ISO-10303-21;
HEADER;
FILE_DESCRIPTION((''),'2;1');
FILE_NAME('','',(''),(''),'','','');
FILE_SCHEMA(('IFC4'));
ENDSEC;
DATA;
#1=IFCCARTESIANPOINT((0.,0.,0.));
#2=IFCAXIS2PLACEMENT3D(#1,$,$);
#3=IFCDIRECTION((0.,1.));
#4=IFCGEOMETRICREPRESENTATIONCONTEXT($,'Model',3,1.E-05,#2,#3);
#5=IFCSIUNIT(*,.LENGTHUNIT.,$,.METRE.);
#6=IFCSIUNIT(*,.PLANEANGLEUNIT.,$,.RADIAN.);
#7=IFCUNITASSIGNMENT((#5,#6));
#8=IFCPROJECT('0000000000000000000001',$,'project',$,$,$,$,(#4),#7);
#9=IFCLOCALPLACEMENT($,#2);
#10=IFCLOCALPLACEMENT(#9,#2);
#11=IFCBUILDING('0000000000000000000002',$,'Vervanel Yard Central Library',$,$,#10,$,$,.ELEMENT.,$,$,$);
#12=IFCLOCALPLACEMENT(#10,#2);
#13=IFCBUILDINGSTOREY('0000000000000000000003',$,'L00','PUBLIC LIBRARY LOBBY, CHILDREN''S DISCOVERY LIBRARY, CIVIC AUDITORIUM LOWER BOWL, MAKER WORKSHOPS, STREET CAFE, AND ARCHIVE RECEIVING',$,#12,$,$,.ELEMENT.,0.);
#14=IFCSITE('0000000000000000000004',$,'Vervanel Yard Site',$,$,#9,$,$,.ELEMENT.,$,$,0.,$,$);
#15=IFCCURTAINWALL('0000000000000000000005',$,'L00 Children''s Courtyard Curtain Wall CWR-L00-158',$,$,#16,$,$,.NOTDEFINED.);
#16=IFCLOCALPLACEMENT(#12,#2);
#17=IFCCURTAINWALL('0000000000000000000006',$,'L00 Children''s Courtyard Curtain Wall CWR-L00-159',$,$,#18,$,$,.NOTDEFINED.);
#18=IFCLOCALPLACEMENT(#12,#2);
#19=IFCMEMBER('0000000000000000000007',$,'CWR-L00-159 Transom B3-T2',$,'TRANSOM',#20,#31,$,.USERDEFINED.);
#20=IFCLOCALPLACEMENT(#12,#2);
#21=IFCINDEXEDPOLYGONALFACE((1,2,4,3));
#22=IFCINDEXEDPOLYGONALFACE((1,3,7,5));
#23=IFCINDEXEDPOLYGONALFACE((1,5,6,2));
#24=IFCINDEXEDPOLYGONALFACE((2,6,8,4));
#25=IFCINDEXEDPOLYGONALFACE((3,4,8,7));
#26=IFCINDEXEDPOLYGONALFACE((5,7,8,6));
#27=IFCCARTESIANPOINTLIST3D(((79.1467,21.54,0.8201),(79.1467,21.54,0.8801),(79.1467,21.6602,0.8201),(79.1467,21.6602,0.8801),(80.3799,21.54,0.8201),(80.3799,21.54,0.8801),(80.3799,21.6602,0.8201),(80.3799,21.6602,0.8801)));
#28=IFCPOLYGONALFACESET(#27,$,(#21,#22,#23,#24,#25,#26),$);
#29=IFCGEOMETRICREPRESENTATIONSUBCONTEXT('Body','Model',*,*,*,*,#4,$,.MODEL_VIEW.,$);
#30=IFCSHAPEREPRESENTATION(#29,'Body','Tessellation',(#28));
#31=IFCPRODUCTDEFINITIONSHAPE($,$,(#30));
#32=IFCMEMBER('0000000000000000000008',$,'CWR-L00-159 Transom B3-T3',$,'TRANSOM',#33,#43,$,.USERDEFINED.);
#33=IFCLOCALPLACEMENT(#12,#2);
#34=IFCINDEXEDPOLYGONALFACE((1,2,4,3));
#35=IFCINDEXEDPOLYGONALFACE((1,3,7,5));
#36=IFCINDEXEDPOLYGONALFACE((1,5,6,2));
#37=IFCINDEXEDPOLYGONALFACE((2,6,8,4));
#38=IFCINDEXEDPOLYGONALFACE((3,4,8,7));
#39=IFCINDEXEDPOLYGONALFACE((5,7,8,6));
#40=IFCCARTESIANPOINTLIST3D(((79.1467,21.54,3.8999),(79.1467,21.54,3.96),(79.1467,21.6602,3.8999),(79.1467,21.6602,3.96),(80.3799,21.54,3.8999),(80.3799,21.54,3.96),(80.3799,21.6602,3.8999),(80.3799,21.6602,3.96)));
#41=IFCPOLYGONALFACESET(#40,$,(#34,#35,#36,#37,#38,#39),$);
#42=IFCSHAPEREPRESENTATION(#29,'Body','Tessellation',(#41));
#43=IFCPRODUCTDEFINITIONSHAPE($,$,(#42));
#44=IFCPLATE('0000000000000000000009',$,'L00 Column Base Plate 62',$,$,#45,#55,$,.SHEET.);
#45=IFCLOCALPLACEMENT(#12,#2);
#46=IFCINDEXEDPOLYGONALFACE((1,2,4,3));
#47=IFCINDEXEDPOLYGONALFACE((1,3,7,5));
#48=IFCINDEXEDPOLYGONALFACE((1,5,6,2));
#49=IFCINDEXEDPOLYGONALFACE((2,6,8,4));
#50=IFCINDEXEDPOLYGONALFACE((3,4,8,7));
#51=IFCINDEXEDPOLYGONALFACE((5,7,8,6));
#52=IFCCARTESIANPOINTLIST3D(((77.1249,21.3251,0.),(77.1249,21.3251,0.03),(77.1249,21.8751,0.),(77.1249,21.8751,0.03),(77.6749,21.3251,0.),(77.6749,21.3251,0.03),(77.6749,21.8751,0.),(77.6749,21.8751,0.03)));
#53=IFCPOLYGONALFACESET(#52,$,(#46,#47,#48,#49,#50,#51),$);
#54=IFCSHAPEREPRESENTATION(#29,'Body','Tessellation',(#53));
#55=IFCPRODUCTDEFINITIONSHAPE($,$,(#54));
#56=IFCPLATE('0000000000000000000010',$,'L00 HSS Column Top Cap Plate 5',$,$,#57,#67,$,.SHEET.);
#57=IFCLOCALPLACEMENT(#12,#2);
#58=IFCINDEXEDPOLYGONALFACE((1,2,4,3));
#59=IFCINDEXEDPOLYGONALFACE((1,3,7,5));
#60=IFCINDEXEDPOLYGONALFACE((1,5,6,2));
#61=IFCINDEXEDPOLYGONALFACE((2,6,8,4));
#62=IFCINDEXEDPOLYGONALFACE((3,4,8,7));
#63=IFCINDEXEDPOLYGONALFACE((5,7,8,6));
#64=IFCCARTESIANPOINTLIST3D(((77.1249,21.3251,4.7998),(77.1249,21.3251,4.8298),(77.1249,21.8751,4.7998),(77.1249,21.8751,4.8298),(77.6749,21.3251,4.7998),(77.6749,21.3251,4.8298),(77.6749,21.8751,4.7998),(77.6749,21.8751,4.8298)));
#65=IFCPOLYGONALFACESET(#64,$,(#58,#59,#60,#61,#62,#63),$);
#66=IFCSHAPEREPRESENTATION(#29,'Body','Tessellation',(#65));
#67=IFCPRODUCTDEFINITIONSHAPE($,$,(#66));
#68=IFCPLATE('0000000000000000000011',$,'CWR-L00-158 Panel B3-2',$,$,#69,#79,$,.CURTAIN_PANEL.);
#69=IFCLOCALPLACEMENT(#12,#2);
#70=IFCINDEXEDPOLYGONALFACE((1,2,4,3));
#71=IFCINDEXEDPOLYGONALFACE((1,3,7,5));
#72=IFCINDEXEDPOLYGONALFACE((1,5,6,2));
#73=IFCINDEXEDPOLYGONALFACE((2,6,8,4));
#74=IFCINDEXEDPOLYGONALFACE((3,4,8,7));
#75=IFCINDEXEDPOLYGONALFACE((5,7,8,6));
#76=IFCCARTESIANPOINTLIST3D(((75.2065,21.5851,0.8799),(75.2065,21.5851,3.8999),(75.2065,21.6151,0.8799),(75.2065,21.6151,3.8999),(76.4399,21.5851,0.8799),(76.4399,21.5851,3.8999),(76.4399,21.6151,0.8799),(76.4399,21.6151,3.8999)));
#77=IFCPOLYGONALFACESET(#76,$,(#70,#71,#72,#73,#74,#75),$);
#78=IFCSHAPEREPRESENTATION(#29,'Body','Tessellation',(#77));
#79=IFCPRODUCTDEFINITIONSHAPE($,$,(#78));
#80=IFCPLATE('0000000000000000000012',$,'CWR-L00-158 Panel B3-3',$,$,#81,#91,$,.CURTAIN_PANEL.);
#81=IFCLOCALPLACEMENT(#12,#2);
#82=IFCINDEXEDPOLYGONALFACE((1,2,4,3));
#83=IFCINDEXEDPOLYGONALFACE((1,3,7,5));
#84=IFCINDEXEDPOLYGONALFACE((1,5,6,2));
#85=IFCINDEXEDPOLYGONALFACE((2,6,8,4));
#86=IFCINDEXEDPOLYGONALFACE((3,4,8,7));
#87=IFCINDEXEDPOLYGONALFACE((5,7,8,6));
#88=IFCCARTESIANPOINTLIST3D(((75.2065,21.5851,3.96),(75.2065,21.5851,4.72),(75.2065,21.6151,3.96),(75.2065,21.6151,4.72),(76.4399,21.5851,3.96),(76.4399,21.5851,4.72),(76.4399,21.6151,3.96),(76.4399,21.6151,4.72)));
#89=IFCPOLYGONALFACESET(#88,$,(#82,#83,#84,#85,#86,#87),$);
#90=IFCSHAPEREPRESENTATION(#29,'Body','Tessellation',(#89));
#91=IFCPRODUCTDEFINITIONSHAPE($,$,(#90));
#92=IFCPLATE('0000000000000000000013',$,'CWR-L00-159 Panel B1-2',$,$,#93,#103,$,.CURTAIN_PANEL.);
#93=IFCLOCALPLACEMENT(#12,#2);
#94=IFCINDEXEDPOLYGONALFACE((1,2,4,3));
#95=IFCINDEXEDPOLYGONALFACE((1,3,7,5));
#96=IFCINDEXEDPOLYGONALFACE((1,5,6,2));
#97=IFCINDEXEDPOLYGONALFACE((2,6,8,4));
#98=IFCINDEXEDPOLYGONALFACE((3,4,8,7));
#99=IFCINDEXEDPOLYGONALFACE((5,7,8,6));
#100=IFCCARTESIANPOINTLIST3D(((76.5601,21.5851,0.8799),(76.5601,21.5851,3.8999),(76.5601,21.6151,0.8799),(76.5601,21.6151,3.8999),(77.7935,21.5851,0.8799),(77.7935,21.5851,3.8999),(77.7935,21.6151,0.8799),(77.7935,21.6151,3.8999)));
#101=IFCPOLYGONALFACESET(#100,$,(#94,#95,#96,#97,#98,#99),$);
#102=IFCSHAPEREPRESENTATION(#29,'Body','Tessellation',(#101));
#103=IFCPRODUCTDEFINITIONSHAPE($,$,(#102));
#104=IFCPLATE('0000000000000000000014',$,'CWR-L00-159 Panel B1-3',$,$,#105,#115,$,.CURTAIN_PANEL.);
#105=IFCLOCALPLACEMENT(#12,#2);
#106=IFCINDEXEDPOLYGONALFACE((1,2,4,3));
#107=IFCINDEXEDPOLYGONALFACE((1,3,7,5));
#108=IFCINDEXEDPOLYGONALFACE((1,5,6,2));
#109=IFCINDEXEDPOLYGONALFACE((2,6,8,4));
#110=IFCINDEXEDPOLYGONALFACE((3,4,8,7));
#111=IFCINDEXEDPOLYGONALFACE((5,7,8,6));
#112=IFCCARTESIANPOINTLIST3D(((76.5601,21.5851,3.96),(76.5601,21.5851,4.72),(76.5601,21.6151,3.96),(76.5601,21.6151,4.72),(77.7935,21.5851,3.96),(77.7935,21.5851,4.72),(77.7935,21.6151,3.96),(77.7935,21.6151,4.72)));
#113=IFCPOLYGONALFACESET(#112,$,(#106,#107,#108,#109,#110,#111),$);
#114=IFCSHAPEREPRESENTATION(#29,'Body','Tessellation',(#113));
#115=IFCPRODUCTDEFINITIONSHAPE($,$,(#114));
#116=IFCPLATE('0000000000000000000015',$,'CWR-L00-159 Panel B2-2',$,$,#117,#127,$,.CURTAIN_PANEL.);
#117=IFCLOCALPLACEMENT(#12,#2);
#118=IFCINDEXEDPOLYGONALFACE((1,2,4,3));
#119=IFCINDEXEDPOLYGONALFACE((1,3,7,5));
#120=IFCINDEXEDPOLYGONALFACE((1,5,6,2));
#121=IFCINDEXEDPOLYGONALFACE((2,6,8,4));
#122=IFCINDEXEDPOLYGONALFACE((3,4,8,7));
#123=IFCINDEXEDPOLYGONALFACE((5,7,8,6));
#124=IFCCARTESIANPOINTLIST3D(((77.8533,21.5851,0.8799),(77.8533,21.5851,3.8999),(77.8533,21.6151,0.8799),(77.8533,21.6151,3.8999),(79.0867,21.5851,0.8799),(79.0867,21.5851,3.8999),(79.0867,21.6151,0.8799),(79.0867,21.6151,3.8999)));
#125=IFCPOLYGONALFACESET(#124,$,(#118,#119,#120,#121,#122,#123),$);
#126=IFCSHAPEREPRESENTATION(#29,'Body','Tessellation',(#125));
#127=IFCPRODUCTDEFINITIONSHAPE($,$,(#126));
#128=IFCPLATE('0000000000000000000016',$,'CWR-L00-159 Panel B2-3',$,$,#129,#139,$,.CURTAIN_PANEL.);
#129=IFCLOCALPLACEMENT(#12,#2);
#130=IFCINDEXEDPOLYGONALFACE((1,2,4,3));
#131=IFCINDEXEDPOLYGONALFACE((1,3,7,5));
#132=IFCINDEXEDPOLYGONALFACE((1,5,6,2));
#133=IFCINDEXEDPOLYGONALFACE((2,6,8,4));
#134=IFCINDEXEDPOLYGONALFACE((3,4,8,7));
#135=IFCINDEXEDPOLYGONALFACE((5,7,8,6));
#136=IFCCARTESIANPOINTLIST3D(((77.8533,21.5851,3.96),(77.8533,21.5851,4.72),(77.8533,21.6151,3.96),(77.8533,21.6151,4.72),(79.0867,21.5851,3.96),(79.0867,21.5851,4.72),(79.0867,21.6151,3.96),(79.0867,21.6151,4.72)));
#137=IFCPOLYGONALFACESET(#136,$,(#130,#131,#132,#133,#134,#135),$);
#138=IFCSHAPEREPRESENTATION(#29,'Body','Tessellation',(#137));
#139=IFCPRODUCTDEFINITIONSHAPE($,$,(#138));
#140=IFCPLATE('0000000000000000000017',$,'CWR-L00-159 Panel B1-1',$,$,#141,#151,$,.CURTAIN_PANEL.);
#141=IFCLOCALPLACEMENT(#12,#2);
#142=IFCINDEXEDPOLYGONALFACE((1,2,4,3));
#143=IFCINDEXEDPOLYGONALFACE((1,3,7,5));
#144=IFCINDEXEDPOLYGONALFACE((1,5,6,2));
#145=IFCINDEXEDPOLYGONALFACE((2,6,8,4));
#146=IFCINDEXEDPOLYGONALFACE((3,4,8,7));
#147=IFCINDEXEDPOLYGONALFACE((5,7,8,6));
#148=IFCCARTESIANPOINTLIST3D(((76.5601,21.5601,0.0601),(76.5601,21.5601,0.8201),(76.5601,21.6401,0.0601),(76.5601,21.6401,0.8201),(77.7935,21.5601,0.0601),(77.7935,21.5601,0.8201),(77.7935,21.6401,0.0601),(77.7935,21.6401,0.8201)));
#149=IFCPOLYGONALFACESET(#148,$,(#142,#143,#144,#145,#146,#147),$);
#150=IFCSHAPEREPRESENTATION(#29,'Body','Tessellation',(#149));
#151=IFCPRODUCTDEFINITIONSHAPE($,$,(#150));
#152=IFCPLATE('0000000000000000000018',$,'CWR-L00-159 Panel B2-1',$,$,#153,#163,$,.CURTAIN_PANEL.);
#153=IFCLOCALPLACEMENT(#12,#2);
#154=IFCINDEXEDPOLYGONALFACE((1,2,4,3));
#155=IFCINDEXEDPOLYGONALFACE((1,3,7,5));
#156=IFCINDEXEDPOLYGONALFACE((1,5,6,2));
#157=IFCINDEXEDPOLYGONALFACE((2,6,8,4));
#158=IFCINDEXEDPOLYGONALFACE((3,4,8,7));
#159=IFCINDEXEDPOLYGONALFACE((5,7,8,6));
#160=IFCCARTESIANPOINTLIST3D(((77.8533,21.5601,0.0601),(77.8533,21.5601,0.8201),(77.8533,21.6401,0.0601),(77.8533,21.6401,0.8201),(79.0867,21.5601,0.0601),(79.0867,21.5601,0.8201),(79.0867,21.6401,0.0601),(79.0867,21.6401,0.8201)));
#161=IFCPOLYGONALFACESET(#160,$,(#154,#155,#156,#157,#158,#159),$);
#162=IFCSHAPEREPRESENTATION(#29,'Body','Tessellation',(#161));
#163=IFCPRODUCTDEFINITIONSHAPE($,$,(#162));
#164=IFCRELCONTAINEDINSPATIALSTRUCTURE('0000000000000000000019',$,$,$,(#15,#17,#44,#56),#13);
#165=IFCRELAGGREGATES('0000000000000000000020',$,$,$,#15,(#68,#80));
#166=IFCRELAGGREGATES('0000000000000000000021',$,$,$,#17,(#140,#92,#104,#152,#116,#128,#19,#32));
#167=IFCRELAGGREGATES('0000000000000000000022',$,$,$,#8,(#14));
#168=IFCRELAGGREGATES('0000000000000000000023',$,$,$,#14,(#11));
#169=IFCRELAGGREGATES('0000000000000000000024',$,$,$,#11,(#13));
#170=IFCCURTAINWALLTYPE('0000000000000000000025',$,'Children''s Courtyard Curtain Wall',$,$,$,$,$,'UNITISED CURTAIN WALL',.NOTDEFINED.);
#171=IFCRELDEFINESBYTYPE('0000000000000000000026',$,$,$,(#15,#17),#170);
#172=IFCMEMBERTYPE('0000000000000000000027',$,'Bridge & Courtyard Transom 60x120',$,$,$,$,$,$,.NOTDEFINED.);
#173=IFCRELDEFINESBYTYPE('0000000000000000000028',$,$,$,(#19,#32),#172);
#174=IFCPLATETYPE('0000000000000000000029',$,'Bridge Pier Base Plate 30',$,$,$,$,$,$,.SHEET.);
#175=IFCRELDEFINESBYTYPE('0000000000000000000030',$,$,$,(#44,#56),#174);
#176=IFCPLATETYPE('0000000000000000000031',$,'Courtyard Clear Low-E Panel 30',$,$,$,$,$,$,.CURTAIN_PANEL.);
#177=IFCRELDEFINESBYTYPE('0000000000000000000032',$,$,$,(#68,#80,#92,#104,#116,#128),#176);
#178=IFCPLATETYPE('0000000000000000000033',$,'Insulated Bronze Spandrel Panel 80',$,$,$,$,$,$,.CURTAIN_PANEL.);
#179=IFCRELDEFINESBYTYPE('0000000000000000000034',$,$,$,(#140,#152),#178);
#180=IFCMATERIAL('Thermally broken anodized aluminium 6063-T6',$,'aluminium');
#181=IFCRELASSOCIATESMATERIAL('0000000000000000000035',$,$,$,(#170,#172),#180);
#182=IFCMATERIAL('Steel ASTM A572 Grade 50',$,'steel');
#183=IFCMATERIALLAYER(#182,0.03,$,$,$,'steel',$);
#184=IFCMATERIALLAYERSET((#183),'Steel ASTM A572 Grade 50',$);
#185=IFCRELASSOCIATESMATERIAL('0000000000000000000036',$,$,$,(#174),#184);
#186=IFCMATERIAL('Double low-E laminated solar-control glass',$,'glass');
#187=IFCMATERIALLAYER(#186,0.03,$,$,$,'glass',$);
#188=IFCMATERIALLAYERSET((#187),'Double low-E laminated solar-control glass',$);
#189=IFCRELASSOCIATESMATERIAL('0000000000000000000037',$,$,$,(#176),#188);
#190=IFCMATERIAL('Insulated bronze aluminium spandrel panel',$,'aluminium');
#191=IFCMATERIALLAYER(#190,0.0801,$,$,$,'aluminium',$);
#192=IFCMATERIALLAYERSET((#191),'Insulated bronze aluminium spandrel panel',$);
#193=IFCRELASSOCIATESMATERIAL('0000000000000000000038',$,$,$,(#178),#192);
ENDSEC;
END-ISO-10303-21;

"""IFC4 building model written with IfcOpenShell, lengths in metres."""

from ifc_helpers import new_model, si_unit, direction, frame, origin, origin_2d, place, context, subcontext, project, spatial, rectangle, extrude, material, layer, layer_set, material_profile, profile_set, type_object, element, aggregate, save


model = new_model("IFC4")

# Units and contexts
model_context = context("Model", 3, precision=1e-05, world=origin(), true_north=direction((0.0, 1.0)))
body_context = subcontext(model_context, "Body", "Model", "MODEL_VIEW")
ifc_project = project(units=[si_unit("LENGTHUNIT", "METRE"), si_unit("PLANEANGLEUNIT", "RADIAN")], contexts=[model_context])

# Site, building, storey
site_placement = place(None, origin())
site = spatial("IfcSite", under=ifc_project, at=site_placement, Name="Vervanel Yard Site", CompositionType="ELEMENT", RefElevation=0.0)
building_placement = place(site_placement, origin())
building = spatial("IfcBuilding", under=site, at=building_placement, Name="Vervanel Yard Central Library", CompositionType="ELEMENT")
storey_placement = place(building_placement, origin())
storey = spatial("IfcBuildingStorey", under=building, at=storey_placement, Name="L00", Description="PUBLIC LIBRARY LOBBY, CHILDREN'S DISCOVERY LIBRARY, CIVIC AUDITORIUM LOWER BOWL, MAKER WORKSHOPS, STREET CAFE, AND ARCHIVE RECEIVING", CompositionType="ELEMENT", Elevation=0.0)

# Curtain wall
ifc_material_1 = material(Name="Thermally broken anodized aluminium 6063-T6", Category="aluminium")
curtain_wall_type = type_object("IfcCurtainWallType", Name="Children's Courtyard Curtain Wall", ElementType="UNITISED CURTAIN WALL", PredefinedType="NOTDEFINED", material=ifc_material_1)
curtain_wall_1_placement = place(storey_placement, origin())
curtain_wall_1 = element("IfcCurtainWall", 1, at=curtain_wall_1_placement, inside=storey, type_object=curtain_wall_type, Name="L00 Children's Courtyard Curtain Wall CWR-L00-158", PredefinedType="NOTDEFINED")

# Curtain wall, members
curtain_wall_2_placement = place(storey_placement, origin())
curtain_wall_2 = element("IfcCurtainWall", 2, at=curtain_wall_2_placement, inside=storey, type_object=curtain_wall_type, Name="L00 Children's Courtyard Curtain Wall CWR-L00-159", PredefinedType="NOTDEFINED")
ifc_material_profile_1 = material_profile(ifc_material_1, rectangle(XDim=0.0601, YDim=0.1201, at=origin_2d()), Name="ALU 60x120", Category="aluminium")
ifc_profile_set_1 = profile_set([ifc_material_profile_1], Name="Thermally broken anodized aluminium 6063-T6")
member_type_1 = type_object("IfcMemberType", Name="Bridge & Courtyard Transom 60x120", PredefinedType="NOTDEFINED", material=ifc_profile_set_1)
member_1_placement = place(storey_placement, frame((79.1467, 21.6001, 0.8501), z_axis=(1.0, 0.0, 0.0), x_axis=(0.0, 0.0, 1.0)))
member_1 = element("IfcMember", 3, at=member_1_placement, type_object=member_type_1, Name="CWR-L00-159 Transom B3-T2", ObjectType="TRANSOM", PredefinedType="USERDEFINED", context=body_context, shape_type="SweptSolid", body=[
    extrude(rectangle(XDim=0.0601, YDim=0.1201, at=origin_2d()), origin(), (0.0, 0.0, 1.0), 1.2332),
])
member_2_placement = place(storey_placement, frame((79.1467, 21.6001, 3.9299), z_axis=(1.0, 0.0, 0.0), x_axis=(0.0, 0.0, 1.0)))
member_2 = element("IfcMember", 4, at=member_2_placement, type_object=member_type_1, Name="CWR-L00-159 Transom B3-T3", ObjectType="TRANSOM", PredefinedType="USERDEFINED", context=body_context, shape_type="SweptSolid", body=[
    extrude(rectangle(XDim=0.0601, YDim=0.1201, at=origin_2d()), origin(), (0.0, 0.0, 1.0), 1.2332),
])

# Plates
ifc_material_2 = material(Name="Steel ASTM A572 Grade 50", Category="steel")
ifc_layer_1 = layer(ifc_material_2, 0.03, Category="steel")
ifc_layer_set_1 = layer_set([ifc_layer_1], Name="Steel ASTM A572 Grade 50")
plate_type_1 = type_object("IfcPlateType", Name="Bridge Pier Base Plate 30", PredefinedType="SHEET", material=ifc_layer_set_1)
for number, where, z_axis, x_axis, name in (
    (5, (77.3999, 21.6001, 0.0), (0.0, 0.0, 1.0), (1.0, 0.0, 0.0), "L00 Column Base Plate 62"),
    (6, (77.3999, 21.6001, 4.7998), (0.0, 0.0, 1.0), (1.0, 0.0, 0.0), "L00 HSS Column Top Cap Plate 5"),
):
    element("IfcPlate", number, at=place(storey_placement, frame(where, z_axis=z_axis, x_axis=x_axis)), inside=storey, type_object=plate_type_1, Name=name, PredefinedType="SHEET", context=body_context, shape_type="SweptSolid", body=[
        extrude(rectangle(XDim=0.55, YDim=0.55, at=origin_2d()), origin(), (0.0, 0.0, 1.0), 0.03),
    ])

# Plates
ifc_material_3 = material(Name="Double low-E laminated solar-control glass", Category="glass")
ifc_layer_2 = layer(ifc_material_3, 0.03, Category="glass")
ifc_layer_set_2 = layer_set([ifc_layer_2], Name="Double low-E laminated solar-control glass")
plate_type_2 = type_object("IfcPlateType", Name="Courtyard Clear Low-E Panel 30", PredefinedType="CURTAIN_PANEL", material=ifc_layer_set_2)
plate_1_placement = place(storey_placement, frame((75.8232, 21.6001, 0.8799), z_axis=(0.0, 0.0, 1.0), x_axis=(1.0, 0.0, 0.0)))
plate_1 = element("IfcPlate", 7, at=plate_1_placement, type_object=plate_type_2, Name="CWR-L00-158 Panel B3-2", PredefinedType="CURTAIN_PANEL", context=body_context, shape_type="SweptSolid", body=[
    extrude(rectangle(XDim=1.2334, YDim=0.03, at=origin_2d()), origin(), (0.0, 0.0, 1.0), 3.02),
])
plate_2_placement = place(storey_placement, frame((75.8232, 21.6001, 3.96), z_axis=(0.0, 0.0, 1.0), x_axis=(1.0, 0.0, 0.0)))
plate_2 = element("IfcPlate", 8, at=plate_2_placement, type_object=plate_type_2, Name="CWR-L00-158 Panel B3-3", PredefinedType="CURTAIN_PANEL", context=body_context, shape_type="SweptSolid", body=[
    extrude(rectangle(XDim=1.2334, YDim=0.03, at=origin_2d()), origin(), (0.0, 0.0, 1.0), 0.76),
])
aggregate(curtain_wall_1, [plate_1, plate_2])
plate_3_placement = place(storey_placement, frame((77.1768, 21.6001, 0.8799), z_axis=(0.0, 0.0, 1.0), x_axis=(1.0, 0.0, 0.0)))
plate_3 = element("IfcPlate", 9, at=plate_3_placement, type_object=plate_type_2, Name="CWR-L00-159 Panel B1-2", PredefinedType="CURTAIN_PANEL", context=body_context, shape_type="SweptSolid", body=[
    extrude(rectangle(XDim=1.2334, YDim=0.03, at=origin_2d()), origin(), (0.0, 0.0, 1.0), 3.02),
])
plate_4_placement = place(storey_placement, frame((77.1768, 21.6001, 3.96), z_axis=(0.0, 0.0, 1.0), x_axis=(1.0, 0.0, 0.0)))
plate_4 = element("IfcPlate", 10, at=plate_4_placement, type_object=plate_type_2, Name="CWR-L00-159 Panel B1-3", PredefinedType="CURTAIN_PANEL", context=body_context, shape_type="SweptSolid", body=[
    extrude(rectangle(XDim=1.2334, YDim=0.03, at=origin_2d()), origin(), (0.0, 0.0, 1.0), 0.76),
])
plate_5_placement = place(storey_placement, frame((78.47, 21.6001, 0.8799), z_axis=(0.0, 0.0, 1.0), x_axis=(1.0, 0.0, 0.0)))
plate_5 = element("IfcPlate", 11, at=plate_5_placement, type_object=plate_type_2, Name="CWR-L00-159 Panel B2-2", PredefinedType="CURTAIN_PANEL", context=body_context, shape_type="SweptSolid", body=[
    extrude(rectangle(XDim=1.2334, YDim=0.03, at=origin_2d()), origin(), (0.0, 0.0, 1.0), 3.02),
])
plate_6_placement = place(storey_placement, frame((78.47, 21.6001, 3.96), z_axis=(0.0, 0.0, 1.0), x_axis=(1.0, 0.0, 0.0)))
plate_6 = element("IfcPlate", 12, at=plate_6_placement, type_object=plate_type_2, Name="CWR-L00-159 Panel B2-3", PredefinedType="CURTAIN_PANEL", context=body_context, shape_type="SweptSolid", body=[
    extrude(rectangle(XDim=1.2334, YDim=0.03, at=origin_2d()), origin(), (0.0, 0.0, 1.0), 0.76),
])
ifc_material_4 = material(Name="Insulated bronze aluminium spandrel panel", Category="aluminium")
ifc_layer_3 = layer(ifc_material_4, 0.0801, Category="aluminium")
ifc_layer_set_3 = layer_set([ifc_layer_3], Name="Insulated bronze aluminium spandrel panel")
plate_type_3 = type_object("IfcPlateType", Name="Insulated Bronze Spandrel Panel 80", PredefinedType="CURTAIN_PANEL", material=ifc_layer_set_3)
plate_7_placement = place(storey_placement, frame((77.1768, 21.6001, 0.0601), z_axis=(0.0, 0.0, 1.0), x_axis=(1.0, 0.0, 0.0)))
plate_7 = element("IfcPlate", 13, at=plate_7_placement, type_object=plate_type_3, Name="CWR-L00-159 Panel B1-1", PredefinedType="CURTAIN_PANEL", context=body_context, shape_type="SweptSolid", body=[
    extrude(rectangle(XDim=1.2334, YDim=0.0801, at=origin_2d()), origin(), (0.0, 0.0, 1.0), 0.76),
])
plate_8_placement = place(storey_placement, frame((78.47, 21.6001, 0.0601), z_axis=(0.0, 0.0, 1.0), x_axis=(1.0, 0.0, 0.0)))
plate_8 = element("IfcPlate", 14, at=plate_8_placement, type_object=plate_type_3, Name="CWR-L00-159 Panel B2-1", PredefinedType="CURTAIN_PANEL", context=body_context, shape_type="SweptSolid", body=[
    extrude(rectangle(XDim=1.2334, YDim=0.0801, at=origin_2d()), origin(), (0.0, 0.0, 1.0), 0.76),
])
aggregate(curtain_wall_2, [plate_7, plate_3, plate_4, plate_8, plate_5, plate_6, member_1, member_2])

save(model, "model.ifc")
